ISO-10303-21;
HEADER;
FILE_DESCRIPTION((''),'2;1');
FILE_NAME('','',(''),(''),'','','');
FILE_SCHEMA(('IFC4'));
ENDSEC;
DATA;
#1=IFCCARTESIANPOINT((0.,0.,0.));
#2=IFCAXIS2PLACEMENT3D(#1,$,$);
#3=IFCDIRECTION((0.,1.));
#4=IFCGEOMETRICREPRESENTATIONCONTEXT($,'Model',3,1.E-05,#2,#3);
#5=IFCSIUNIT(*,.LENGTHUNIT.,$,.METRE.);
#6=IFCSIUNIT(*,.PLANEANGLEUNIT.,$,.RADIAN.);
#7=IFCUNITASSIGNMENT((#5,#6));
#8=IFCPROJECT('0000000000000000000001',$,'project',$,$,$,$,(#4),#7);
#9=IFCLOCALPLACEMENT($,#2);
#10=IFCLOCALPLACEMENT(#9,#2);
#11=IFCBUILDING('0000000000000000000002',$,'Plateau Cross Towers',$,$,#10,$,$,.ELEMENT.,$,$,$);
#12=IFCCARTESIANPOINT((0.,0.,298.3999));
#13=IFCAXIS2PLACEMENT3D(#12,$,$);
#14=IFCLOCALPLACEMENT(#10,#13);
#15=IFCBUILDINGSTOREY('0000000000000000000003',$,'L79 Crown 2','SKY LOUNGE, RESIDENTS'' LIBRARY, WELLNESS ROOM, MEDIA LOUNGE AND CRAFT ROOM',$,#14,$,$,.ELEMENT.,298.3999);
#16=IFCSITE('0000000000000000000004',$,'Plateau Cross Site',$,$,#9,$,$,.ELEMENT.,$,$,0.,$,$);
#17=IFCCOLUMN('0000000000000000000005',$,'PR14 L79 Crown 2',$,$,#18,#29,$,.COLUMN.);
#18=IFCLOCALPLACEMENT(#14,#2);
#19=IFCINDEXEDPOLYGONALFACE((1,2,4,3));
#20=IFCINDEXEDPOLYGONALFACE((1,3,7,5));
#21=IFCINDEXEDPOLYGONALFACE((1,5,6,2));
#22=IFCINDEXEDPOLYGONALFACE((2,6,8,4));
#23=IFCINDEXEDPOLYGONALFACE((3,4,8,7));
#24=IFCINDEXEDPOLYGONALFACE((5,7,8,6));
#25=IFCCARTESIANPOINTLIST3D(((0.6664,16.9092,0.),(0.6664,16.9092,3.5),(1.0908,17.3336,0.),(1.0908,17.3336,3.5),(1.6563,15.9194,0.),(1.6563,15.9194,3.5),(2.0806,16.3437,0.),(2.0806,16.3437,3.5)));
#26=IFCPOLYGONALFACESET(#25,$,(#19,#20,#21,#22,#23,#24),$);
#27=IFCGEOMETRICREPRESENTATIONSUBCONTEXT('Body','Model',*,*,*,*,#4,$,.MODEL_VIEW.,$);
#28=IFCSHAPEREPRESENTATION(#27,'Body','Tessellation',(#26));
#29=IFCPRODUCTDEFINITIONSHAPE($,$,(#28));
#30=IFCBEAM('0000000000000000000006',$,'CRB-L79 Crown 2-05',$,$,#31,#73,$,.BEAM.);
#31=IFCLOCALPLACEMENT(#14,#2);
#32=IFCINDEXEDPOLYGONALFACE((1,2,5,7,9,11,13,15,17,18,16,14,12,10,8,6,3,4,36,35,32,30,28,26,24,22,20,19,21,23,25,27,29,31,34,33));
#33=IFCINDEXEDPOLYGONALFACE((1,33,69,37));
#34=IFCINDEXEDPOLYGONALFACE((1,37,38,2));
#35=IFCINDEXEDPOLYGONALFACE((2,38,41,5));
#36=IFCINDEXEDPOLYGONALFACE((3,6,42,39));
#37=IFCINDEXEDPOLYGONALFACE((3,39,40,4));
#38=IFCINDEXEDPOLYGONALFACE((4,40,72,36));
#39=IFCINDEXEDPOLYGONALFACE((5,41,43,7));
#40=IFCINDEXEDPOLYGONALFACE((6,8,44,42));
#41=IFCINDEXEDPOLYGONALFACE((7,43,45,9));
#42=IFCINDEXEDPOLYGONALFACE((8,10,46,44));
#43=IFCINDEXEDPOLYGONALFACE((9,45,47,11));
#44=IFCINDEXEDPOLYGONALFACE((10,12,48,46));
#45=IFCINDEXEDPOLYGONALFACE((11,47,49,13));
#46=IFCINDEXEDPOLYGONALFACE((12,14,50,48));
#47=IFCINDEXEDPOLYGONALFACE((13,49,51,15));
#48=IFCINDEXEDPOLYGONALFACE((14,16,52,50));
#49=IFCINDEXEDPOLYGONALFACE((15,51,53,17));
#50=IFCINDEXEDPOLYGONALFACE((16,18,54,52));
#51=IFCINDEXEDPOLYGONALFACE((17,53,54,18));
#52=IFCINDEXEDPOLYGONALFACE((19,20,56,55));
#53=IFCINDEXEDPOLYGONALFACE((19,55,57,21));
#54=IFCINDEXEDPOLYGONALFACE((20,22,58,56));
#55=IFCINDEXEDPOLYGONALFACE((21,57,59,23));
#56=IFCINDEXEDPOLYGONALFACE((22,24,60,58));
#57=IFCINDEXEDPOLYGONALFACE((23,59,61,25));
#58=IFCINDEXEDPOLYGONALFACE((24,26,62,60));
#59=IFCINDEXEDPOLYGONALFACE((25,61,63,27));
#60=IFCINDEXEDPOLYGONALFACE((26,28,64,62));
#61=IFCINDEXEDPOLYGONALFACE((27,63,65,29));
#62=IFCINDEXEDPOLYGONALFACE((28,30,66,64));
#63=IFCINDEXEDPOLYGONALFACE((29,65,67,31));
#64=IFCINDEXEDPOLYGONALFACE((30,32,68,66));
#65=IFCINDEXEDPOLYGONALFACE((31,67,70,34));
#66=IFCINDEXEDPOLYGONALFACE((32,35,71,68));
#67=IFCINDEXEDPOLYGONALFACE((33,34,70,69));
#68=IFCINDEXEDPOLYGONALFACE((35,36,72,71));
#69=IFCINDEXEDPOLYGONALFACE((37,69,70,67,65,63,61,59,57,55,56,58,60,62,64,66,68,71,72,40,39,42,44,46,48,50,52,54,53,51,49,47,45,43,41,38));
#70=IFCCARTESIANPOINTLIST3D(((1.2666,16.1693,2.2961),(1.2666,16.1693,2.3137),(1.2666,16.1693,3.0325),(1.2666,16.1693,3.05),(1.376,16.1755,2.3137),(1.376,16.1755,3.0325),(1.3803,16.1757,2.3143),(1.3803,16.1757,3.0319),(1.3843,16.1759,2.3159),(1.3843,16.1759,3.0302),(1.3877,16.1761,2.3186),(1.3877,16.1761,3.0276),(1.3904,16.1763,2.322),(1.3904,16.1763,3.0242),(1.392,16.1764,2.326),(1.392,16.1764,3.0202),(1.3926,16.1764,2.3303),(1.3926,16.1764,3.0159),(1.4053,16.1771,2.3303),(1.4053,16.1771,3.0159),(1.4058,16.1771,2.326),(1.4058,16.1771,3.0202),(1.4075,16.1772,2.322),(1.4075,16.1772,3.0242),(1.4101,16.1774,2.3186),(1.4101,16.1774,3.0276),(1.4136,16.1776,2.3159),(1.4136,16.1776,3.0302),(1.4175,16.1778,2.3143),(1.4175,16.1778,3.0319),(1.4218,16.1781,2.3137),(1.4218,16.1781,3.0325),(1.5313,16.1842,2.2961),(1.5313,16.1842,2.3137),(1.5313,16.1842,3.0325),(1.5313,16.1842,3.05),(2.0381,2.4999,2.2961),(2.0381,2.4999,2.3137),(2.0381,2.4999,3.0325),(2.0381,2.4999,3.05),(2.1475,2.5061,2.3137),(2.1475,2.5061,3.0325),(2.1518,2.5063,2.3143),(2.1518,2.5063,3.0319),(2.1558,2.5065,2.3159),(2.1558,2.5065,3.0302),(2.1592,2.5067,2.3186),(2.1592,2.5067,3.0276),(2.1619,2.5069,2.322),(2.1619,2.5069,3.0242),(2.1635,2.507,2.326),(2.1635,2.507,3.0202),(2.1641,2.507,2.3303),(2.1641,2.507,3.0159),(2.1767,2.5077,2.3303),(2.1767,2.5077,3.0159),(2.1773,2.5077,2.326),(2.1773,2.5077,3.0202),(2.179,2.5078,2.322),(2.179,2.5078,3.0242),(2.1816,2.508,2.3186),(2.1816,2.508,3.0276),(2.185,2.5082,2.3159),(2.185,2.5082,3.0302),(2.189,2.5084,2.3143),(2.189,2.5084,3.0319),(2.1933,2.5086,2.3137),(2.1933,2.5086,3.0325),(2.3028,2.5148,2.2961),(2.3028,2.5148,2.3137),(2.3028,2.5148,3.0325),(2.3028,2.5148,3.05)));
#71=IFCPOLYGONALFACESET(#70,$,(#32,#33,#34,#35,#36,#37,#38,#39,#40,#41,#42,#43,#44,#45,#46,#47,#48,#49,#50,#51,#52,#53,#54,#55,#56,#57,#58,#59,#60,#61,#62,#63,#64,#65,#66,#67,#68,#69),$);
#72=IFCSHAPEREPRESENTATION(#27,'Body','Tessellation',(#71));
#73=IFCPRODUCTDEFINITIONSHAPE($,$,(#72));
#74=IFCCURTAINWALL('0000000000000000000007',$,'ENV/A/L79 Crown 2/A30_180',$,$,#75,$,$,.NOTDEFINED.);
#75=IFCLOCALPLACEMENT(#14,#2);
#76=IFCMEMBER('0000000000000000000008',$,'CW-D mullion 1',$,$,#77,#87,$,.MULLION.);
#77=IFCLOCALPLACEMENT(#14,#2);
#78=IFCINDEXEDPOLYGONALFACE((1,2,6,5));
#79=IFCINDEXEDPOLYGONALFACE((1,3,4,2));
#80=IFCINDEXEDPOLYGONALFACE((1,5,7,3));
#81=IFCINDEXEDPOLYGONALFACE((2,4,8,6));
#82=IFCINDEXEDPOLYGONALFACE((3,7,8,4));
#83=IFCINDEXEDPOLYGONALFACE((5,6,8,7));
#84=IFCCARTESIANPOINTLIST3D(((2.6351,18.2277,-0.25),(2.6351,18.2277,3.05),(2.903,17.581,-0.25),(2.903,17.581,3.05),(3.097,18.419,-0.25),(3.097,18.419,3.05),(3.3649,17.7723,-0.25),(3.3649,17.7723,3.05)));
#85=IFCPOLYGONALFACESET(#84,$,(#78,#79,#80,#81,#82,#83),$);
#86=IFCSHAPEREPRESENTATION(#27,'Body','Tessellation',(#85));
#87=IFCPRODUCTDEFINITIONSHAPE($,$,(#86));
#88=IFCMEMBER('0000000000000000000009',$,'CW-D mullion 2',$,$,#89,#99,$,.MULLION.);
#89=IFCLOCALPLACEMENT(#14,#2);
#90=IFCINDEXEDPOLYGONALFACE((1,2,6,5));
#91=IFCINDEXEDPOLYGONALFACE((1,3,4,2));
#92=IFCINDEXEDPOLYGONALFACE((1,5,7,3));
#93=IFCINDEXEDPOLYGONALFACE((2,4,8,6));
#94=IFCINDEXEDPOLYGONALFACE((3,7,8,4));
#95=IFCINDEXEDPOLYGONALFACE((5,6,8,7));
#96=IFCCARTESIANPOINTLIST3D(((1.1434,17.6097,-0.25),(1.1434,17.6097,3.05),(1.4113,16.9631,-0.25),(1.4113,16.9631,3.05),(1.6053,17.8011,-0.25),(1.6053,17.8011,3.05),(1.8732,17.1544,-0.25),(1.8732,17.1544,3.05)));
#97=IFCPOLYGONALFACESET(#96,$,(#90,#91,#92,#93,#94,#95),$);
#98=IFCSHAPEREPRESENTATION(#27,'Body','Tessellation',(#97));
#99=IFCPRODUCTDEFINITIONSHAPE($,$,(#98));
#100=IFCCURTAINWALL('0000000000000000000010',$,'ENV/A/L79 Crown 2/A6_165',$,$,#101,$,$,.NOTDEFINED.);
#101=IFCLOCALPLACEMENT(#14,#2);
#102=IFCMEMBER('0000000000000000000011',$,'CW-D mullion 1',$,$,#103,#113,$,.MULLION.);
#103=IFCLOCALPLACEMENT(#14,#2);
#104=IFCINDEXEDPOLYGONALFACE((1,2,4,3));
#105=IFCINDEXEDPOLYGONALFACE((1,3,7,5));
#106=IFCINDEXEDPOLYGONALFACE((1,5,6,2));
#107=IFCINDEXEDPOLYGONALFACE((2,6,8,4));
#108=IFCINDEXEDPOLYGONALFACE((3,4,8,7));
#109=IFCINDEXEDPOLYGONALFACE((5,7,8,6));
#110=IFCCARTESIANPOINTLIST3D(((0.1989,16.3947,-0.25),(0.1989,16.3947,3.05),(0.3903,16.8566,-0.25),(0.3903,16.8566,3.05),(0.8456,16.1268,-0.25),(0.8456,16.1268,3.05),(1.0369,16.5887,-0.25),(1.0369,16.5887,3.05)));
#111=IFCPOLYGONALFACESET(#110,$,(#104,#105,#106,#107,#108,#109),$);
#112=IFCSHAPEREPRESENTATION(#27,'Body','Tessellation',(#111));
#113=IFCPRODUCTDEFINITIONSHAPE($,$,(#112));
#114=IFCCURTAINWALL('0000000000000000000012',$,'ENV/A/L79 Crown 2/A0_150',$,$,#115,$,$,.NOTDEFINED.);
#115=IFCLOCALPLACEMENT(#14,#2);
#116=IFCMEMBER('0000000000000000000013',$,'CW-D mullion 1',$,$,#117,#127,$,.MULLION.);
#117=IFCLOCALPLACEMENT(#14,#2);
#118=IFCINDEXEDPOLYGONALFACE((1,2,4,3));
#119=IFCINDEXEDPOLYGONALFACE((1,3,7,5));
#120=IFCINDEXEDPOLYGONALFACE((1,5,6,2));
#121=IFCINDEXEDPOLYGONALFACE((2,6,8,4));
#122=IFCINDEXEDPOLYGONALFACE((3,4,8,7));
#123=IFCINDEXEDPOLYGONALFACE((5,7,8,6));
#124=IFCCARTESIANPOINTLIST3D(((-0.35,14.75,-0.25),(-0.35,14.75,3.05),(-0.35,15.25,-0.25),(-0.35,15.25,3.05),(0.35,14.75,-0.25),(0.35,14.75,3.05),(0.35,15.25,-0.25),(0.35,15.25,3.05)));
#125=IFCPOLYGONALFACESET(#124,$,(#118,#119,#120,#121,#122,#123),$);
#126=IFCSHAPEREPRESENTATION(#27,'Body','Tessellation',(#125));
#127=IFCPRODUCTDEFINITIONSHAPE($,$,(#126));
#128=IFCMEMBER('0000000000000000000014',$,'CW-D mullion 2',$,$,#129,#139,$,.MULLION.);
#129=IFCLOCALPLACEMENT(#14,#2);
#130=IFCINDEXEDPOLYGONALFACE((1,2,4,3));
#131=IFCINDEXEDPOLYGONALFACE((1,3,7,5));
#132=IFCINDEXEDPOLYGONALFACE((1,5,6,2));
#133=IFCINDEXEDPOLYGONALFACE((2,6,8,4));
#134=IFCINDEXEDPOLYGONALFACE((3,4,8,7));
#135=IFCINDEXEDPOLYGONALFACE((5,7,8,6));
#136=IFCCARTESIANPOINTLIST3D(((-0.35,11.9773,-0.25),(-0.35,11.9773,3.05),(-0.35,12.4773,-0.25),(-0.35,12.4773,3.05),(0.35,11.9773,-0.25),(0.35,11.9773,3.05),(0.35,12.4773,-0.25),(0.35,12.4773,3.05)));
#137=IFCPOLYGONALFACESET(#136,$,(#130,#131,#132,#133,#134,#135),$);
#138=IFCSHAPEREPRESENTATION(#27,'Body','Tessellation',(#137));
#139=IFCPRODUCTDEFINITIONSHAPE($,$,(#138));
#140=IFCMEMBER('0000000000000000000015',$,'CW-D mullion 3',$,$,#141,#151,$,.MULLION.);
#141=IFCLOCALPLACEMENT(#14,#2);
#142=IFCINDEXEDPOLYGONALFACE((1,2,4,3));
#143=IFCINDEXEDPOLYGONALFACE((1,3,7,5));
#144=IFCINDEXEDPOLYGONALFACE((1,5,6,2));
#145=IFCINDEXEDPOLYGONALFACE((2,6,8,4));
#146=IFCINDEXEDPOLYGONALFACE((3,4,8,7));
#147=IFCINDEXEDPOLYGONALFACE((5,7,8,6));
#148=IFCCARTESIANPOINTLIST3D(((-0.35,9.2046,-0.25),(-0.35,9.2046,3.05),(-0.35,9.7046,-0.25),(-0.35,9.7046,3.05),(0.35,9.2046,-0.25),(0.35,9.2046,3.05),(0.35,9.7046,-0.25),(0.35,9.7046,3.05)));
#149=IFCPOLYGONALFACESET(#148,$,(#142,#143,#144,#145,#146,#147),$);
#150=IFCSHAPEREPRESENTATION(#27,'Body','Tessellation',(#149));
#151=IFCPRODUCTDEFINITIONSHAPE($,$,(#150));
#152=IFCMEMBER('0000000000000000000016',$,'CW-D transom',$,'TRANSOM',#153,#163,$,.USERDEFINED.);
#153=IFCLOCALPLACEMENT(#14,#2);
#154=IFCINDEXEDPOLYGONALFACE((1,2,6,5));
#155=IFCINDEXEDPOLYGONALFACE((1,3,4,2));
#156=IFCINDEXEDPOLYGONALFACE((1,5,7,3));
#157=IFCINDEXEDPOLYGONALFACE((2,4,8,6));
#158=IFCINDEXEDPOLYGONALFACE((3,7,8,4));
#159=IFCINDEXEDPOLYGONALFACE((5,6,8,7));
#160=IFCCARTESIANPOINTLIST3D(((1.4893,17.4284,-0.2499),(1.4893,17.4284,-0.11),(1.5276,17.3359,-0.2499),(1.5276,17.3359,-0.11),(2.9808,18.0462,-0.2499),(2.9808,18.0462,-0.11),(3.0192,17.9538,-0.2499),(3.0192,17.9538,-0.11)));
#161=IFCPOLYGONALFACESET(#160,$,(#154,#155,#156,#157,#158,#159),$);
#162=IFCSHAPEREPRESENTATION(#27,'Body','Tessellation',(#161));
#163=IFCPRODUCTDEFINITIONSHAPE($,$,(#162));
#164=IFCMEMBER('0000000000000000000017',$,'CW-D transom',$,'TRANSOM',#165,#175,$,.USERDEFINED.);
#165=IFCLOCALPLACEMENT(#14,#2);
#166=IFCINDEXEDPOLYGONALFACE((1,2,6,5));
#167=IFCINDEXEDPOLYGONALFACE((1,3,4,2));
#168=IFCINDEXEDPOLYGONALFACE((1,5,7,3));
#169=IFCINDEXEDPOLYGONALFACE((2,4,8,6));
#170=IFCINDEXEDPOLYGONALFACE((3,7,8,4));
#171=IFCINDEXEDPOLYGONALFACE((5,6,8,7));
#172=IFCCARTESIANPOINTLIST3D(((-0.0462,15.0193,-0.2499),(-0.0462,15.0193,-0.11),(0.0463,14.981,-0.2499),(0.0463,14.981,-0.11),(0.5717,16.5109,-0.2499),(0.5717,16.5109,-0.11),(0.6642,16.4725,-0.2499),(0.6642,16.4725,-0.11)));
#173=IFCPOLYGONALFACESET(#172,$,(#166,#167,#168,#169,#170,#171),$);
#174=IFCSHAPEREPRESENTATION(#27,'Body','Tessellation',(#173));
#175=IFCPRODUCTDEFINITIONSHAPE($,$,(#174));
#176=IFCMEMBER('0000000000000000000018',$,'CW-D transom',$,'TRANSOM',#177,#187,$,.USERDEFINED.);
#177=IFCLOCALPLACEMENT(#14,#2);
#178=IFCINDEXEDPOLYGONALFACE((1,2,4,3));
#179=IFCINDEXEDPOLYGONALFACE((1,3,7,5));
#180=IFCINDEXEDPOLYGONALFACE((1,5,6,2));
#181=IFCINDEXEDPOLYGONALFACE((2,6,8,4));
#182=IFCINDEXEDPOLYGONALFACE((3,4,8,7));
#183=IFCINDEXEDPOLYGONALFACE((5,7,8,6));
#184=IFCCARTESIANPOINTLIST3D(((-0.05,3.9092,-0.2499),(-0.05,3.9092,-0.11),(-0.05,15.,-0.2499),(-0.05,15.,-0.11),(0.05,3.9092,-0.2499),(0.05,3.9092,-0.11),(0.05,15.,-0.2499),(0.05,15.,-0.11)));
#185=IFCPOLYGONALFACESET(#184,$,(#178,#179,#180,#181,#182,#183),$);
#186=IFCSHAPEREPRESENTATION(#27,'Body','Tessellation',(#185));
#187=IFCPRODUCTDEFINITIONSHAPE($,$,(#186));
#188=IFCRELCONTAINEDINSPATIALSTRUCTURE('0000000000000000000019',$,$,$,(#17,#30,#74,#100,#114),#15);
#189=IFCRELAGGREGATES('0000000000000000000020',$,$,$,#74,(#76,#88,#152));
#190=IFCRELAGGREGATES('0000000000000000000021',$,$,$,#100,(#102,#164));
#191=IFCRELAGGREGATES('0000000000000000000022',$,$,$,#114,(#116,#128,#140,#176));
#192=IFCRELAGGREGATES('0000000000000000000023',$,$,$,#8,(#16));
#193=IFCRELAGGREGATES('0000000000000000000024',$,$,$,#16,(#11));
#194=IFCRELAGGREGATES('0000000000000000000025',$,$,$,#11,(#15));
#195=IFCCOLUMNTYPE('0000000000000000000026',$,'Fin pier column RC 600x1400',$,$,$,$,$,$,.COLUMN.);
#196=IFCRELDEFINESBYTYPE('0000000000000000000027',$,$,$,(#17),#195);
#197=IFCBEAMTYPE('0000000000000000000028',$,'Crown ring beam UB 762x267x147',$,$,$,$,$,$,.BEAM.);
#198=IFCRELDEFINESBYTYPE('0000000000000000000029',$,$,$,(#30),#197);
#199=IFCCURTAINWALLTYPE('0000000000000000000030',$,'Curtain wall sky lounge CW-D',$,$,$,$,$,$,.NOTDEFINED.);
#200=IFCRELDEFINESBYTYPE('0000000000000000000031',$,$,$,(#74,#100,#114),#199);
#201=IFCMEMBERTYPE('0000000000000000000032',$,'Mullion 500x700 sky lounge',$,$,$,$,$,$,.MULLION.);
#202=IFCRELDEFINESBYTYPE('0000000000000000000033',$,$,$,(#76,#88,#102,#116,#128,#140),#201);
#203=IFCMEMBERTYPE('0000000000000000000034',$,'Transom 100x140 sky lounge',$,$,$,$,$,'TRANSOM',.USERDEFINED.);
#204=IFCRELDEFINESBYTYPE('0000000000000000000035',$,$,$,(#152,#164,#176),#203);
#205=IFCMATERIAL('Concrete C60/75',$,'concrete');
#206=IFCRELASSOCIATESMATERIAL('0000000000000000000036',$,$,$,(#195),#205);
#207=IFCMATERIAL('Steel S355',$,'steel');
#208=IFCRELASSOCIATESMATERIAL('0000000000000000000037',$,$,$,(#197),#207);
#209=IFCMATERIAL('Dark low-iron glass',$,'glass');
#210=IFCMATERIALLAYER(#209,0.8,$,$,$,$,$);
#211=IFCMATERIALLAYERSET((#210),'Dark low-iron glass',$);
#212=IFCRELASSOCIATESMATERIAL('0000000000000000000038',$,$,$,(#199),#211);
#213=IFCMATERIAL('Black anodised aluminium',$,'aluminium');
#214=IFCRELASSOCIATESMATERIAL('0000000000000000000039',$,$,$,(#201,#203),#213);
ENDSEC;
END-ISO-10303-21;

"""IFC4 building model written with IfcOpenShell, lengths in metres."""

from ifc_helpers import new_model, si_unit, direction, frame, origin, origin_2d, place, context, subcontext, project, spatial, rectangle, i_section, extrude, material, layer, layer_set, material_profile, profile_set, type_object, element, aggregate, save


model = new_model("IFC4")

# Units and contexts
model_context = context("Model", 3, precision=1e-05, world=origin(), true_north=direction((0.0, 1.0)))
body_context = subcontext(model_context, "Body", "Model", "MODEL_VIEW")
ifc_project = project(units=[si_unit("LENGTHUNIT", "METRE"), si_unit("PLANEANGLEUNIT", "RADIAN")], contexts=[model_context])

# Site, building, storey
site_placement = place(None, origin())
site = spatial("IfcSite", under=ifc_project, at=site_placement, Name="Plateau Cross Site", CompositionType="ELEMENT", RefElevation=0.0)
building_placement = place(site_placement, origin())
building = spatial("IfcBuilding", under=site, at=building_placement, Name="Plateau Cross Towers", CompositionType="ELEMENT")
storey_placement = place(building_placement, frame((0.0, 0.0, 298.3999)))
storey = spatial("IfcBuildingStorey", under=building, at=storey_placement, Name="L79 Crown 2", Description="SKY LOUNGE, RESIDENTS' LIBRARY, WELLNESS ROOM, MEDIA LOUNGE AND CRAFT ROOM", CompositionType="ELEMENT", Elevation=298.3999)

# Column
ifc_material_1 = material(Name="Concrete C60/75", Category="concrete")
ifc_material_profile_1 = material_profile(ifc_material_1, rectangle(XDim=0.6001, YDim=1.3999, at=origin_2d()), Name="RC 600x1400")
ifc_profile_set_1 = profile_set([ifc_material_profile_1], Name="Concrete C60/75")
column_type = type_object("IfcColumnType", Name="Fin pier column RC 600x1400", PredefinedType="COLUMN", material=ifc_profile_set_1)
column_placement = place(storey_placement, frame((1.3735, 16.6265, 0.0), z_axis=(0.0, 0.0, 1.0), x_axis=(0.707107, 0.707107, 0.0)))
element("IfcColumn", 1, at=column_placement, inside=storey, type_object=column_type, Name="PR14 L79 Crown 2", PredefinedType="COLUMN", context=body_context, shape_type="SweptSolid", body=[
    extrude(rectangle(XDim=0.6001, YDim=1.3999, at=origin_2d()), origin(), (0.0, 0.0, 1.0), 3.5),
])

# Beam
ifc_material_2 = material(Name="Steel S355", Category="steel")
ifc_material_profile_2 = material_profile(ifc_material_2, i_section(OverallWidth=0.2651, OverallDepth=0.7539, WebThickness=0.0127, FlangeThickness=0.0176, FilletRadius=0.0166, at=origin_2d()), Name="UB 762x267x147")
ifc_profile_set_2 = profile_set([ifc_material_profile_2], Name="Steel S355")
beam_type = type_object("IfcBeamType", Name="Crown ring beam UB 762x267x147", PredefinedType="BEAM", material=ifc_profile_set_2)
beam_placement = place(storey_placement, frame((1.3989, 16.1768, 2.6731), z_axis=(0.056349, -0.998411, 0.0), x_axis=(0.998411, 0.056349, 0.0)))
element("IfcBeam", 2, at=beam_placement, inside=storey, type_object=beam_type, Name="CRB-L79 Crown 2-05", PredefinedType="BEAM", context=body_context, shape_type="SweptSolid", body=[
    extrude(i_section(OverallWidth=0.2651, OverallDepth=0.7539, WebThickness=0.0127, FlangeThickness=0.0176, FilletRadius=0.0166, at=origin_2d()), origin(), (0.0, 0.0, 1.0), 13.6912),
])

# Curtain wall, members
ifc_material_3 = material(Name="Dark low-iron glass", Category="glass")
ifc_layer_1 = layer(ifc_material_3, 0.8)
ifc_layer_set_1 = layer_set([ifc_layer_1], Name="Dark low-iron glass")
curtain_wall_type = type_object("IfcCurtainWallType", Name="Curtain wall sky lounge CW-D", PredefinedType="NOTDEFINED", material=ifc_layer_set_1)
curtain_wall_1_placement = place(storey_placement, origin())
curtain_wall_1 = element("IfcCurtainWall", 3, at=curtain_wall_1_placement, inside=storey, type_object=curtain_wall_type, Name="ENV/A/L79 Crown 2/A30_180", PredefinedType="NOTDEFINED")
ifc_material_4 = material(Name="Black anodised aluminium", Category="aluminium")
ifc_material_profile_3 = material_profile(ifc_material_4, rectangle(XDim=0.5, YDim=0.7, at=origin_2d()), Name="MULLION 500x700")
ifc_profile_set_3 = profile_set([ifc_material_profile_3], Name="Black anodised aluminium")
member_type_1 = type_object("IfcMemberType", Name="Mullion 500x700 sky lounge", PredefinedType="MULLION", material=ifc_profile_set_3)
member_1_placement = place(storey_placement, frame((3.0, 18.0, -0.25), z_axis=(0.0, 0.0, 1.0), x_axis=(-0.923879, -0.382684, 0.0)))
member_1 = element("IfcMember", 4, at=member_1_placement, type_object=member_type_1, Name="CW-D mullion 1", PredefinedType="MULLION", context=body_context, shape_type="SweptSolid", body=[
    extrude(rectangle(XDim=0.5, YDim=0.7, at=origin_2d()), origin(), (0.0, 0.0, 1.0), 3.3),
])
member_2_placement = place(storey_placement, frame((1.5083, 17.3821, -0.25), z_axis=(0.0, 0.0, 1.0), x_axis=(-0.923879, -0.382684, 0.0)))
member_2 = element("IfcMember", 5, at=member_2_placement, type_object=member_type_1, Name="CW-D mullion 2", PredefinedType="MULLION", context=body_context, shape_type="SweptSolid", body=[
    extrude(rectangle(XDim=0.5, YDim=0.7, at=origin_2d()), origin(), (0.0, 0.0, 1.0), 3.3),
])

# Curtain wall, member
curtain_wall_2_placement = place(storey_placement, origin())
curtain_wall_2 = element("IfcCurtainWall", 6, at=curtain_wall_2_placement, inside=storey, type_object=curtain_wall_type, Name="ENV/A/L79 Crown 2/A6_165", PredefinedType="NOTDEFINED")
member_3_placement = place(storey_placement, frame((0.6179, 16.4917, -0.25), z_axis=(0.0, 0.0, 1.0), x_axis=(-0.382684, -0.923879, 0.0)))
member_3 = element("IfcMember", 7, at=member_3_placement, type_object=member_type_1, Name="CW-D mullion 1", PredefinedType="MULLION", context=body_context, shape_type="SweptSolid", body=[
    extrude(rectangle(XDim=0.5, YDim=0.7, at=origin_2d()), origin(), (0.0, 0.0, 1.0), 3.3),
])

# Curtain wall, members
curtain_wall_3_placement = place(storey_placement, origin())
curtain_wall_3 = element("IfcCurtainWall", 8, at=curtain_wall_3_placement, inside=storey, type_object=curtain_wall_type, Name="ENV/A/L79 Crown 2/A0_150", PredefinedType="NOTDEFINED")
member_4_placement = place(storey_placement, frame((0.0, 15.0, -0.25), z_axis=(0.0, 0.0, 1.0), x_axis=(0.0, -1.0, 0.0)))
member_4 = element("IfcMember", 9, at=member_4_placement, type_object=member_type_1, Name="CW-D mullion 1", PredefinedType="MULLION", context=body_context, shape_type="SweptSolid", body=[
    extrude(rectangle(XDim=0.5, YDim=0.7, at=origin_2d()), origin(), (0.0, 0.0, 1.0), 3.3),
])
member_5_placement = place(storey_placement, frame((0.0, 12.2273, -0.25), z_axis=(0.0, 0.0, 1.0), x_axis=(0.0, -1.0, 0.0)))
member_5 = element("IfcMember", 10, at=member_5_placement, type_object=member_type_1, Name="CW-D mullion 2", PredefinedType="MULLION", context=body_context, shape_type="SweptSolid", body=[
    extrude(rectangle(XDim=0.5, YDim=0.7, at=origin_2d()), origin(), (0.0, 0.0, 1.0), 3.3),
])
member_6_placement = place(storey_placement, frame((0.0, 9.4546, -0.25), z_axis=(0.0, 0.0, 1.0), x_axis=(0.0, -1.0, 0.0)))
member_6 = element("IfcMember", 11, at=member_6_placement, type_object=member_type_1, Name="CW-D mullion 3", PredefinedType="MULLION", context=body_context, shape_type="SweptSolid", body=[
    extrude(rectangle(XDim=0.5, YDim=0.7, at=origin_2d()), origin(), (0.0, 0.0, 1.0), 3.3),
])

# Members
ifc_material_profile_4 = material_profile(ifc_material_4, rectangle(XDim=0.1001, YDim=0.1399, at=origin_2d()), Name="TRANSOM 100x140")
ifc_profile_set_4 = profile_set([ifc_material_profile_4], Name="Black anodised aluminium")
member_type_2 = type_object("IfcMemberType", Name="Transom 100x140 sky lounge", ElementType="TRANSOM", PredefinedType="USERDEFINED", material=ifc_profile_set_4)
member_7_placement = place(storey_placement, frame((3.0, 18.0, -0.1799), z_axis=(-0.923871, -0.382703, 0.0), x_axis=(0.382703, -0.923871, 0.0)))
member_7 = element("IfcMember", 12, at=member_7_placement, type_object=member_type_2, Name="CW-D transom", ObjectType="TRANSOM", PredefinedType="USERDEFINED", context=body_context, shape_type="SweptSolid", body=[
    extrude(rectangle(XDim=0.1001, YDim=0.1399, at=origin_2d()), origin(), (0.0, 0.0, 1.0), 1.6145),
])
member_8_placement = place(storey_placement, frame((0.6179, 16.4917, -0.1799), z_axis=(-0.382703, -0.923871, 0.0), x_axis=(0.923871, -0.382703, 0.0)))
member_8 = element("IfcMember", 13, at=member_8_placement, type_object=member_type_2, Name="CW-D transom", ObjectType="TRANSOM", PredefinedType="USERDEFINED", context=body_context, shape_type="SweptSolid", body=[
    extrude(rectangle(XDim=0.1001, YDim=0.1399, at=origin_2d()), origin(), (0.0, 0.0, 1.0), 1.6145),
])
member_9_placement = place(storey_placement, frame((0.0, 15.0, -0.1799), z_axis=(0.0, -1.0, 0.0), x_axis=(1.0, 0.0, 0.0)))
member_9 = element("IfcMember", 14, at=member_9_placement, type_object=member_type_2, Name="CW-D transom", ObjectType="TRANSOM", PredefinedType="USERDEFINED", context=body_context, shape_type="SweptSolid", body=[
    extrude(rectangle(XDim=0.1001, YDim=0.1399, at=origin_2d()), origin(), (0.0, 0.0, 1.0), 11.0908),
])

aggregate(curtain_wall_1, [member_1, member_2, member_7])
aggregate(curtain_wall_2, [member_3, member_8])
aggregate(curtain_wall_3, [member_4, member_5, member_6, member_9])

save(model, "model.ifc")
